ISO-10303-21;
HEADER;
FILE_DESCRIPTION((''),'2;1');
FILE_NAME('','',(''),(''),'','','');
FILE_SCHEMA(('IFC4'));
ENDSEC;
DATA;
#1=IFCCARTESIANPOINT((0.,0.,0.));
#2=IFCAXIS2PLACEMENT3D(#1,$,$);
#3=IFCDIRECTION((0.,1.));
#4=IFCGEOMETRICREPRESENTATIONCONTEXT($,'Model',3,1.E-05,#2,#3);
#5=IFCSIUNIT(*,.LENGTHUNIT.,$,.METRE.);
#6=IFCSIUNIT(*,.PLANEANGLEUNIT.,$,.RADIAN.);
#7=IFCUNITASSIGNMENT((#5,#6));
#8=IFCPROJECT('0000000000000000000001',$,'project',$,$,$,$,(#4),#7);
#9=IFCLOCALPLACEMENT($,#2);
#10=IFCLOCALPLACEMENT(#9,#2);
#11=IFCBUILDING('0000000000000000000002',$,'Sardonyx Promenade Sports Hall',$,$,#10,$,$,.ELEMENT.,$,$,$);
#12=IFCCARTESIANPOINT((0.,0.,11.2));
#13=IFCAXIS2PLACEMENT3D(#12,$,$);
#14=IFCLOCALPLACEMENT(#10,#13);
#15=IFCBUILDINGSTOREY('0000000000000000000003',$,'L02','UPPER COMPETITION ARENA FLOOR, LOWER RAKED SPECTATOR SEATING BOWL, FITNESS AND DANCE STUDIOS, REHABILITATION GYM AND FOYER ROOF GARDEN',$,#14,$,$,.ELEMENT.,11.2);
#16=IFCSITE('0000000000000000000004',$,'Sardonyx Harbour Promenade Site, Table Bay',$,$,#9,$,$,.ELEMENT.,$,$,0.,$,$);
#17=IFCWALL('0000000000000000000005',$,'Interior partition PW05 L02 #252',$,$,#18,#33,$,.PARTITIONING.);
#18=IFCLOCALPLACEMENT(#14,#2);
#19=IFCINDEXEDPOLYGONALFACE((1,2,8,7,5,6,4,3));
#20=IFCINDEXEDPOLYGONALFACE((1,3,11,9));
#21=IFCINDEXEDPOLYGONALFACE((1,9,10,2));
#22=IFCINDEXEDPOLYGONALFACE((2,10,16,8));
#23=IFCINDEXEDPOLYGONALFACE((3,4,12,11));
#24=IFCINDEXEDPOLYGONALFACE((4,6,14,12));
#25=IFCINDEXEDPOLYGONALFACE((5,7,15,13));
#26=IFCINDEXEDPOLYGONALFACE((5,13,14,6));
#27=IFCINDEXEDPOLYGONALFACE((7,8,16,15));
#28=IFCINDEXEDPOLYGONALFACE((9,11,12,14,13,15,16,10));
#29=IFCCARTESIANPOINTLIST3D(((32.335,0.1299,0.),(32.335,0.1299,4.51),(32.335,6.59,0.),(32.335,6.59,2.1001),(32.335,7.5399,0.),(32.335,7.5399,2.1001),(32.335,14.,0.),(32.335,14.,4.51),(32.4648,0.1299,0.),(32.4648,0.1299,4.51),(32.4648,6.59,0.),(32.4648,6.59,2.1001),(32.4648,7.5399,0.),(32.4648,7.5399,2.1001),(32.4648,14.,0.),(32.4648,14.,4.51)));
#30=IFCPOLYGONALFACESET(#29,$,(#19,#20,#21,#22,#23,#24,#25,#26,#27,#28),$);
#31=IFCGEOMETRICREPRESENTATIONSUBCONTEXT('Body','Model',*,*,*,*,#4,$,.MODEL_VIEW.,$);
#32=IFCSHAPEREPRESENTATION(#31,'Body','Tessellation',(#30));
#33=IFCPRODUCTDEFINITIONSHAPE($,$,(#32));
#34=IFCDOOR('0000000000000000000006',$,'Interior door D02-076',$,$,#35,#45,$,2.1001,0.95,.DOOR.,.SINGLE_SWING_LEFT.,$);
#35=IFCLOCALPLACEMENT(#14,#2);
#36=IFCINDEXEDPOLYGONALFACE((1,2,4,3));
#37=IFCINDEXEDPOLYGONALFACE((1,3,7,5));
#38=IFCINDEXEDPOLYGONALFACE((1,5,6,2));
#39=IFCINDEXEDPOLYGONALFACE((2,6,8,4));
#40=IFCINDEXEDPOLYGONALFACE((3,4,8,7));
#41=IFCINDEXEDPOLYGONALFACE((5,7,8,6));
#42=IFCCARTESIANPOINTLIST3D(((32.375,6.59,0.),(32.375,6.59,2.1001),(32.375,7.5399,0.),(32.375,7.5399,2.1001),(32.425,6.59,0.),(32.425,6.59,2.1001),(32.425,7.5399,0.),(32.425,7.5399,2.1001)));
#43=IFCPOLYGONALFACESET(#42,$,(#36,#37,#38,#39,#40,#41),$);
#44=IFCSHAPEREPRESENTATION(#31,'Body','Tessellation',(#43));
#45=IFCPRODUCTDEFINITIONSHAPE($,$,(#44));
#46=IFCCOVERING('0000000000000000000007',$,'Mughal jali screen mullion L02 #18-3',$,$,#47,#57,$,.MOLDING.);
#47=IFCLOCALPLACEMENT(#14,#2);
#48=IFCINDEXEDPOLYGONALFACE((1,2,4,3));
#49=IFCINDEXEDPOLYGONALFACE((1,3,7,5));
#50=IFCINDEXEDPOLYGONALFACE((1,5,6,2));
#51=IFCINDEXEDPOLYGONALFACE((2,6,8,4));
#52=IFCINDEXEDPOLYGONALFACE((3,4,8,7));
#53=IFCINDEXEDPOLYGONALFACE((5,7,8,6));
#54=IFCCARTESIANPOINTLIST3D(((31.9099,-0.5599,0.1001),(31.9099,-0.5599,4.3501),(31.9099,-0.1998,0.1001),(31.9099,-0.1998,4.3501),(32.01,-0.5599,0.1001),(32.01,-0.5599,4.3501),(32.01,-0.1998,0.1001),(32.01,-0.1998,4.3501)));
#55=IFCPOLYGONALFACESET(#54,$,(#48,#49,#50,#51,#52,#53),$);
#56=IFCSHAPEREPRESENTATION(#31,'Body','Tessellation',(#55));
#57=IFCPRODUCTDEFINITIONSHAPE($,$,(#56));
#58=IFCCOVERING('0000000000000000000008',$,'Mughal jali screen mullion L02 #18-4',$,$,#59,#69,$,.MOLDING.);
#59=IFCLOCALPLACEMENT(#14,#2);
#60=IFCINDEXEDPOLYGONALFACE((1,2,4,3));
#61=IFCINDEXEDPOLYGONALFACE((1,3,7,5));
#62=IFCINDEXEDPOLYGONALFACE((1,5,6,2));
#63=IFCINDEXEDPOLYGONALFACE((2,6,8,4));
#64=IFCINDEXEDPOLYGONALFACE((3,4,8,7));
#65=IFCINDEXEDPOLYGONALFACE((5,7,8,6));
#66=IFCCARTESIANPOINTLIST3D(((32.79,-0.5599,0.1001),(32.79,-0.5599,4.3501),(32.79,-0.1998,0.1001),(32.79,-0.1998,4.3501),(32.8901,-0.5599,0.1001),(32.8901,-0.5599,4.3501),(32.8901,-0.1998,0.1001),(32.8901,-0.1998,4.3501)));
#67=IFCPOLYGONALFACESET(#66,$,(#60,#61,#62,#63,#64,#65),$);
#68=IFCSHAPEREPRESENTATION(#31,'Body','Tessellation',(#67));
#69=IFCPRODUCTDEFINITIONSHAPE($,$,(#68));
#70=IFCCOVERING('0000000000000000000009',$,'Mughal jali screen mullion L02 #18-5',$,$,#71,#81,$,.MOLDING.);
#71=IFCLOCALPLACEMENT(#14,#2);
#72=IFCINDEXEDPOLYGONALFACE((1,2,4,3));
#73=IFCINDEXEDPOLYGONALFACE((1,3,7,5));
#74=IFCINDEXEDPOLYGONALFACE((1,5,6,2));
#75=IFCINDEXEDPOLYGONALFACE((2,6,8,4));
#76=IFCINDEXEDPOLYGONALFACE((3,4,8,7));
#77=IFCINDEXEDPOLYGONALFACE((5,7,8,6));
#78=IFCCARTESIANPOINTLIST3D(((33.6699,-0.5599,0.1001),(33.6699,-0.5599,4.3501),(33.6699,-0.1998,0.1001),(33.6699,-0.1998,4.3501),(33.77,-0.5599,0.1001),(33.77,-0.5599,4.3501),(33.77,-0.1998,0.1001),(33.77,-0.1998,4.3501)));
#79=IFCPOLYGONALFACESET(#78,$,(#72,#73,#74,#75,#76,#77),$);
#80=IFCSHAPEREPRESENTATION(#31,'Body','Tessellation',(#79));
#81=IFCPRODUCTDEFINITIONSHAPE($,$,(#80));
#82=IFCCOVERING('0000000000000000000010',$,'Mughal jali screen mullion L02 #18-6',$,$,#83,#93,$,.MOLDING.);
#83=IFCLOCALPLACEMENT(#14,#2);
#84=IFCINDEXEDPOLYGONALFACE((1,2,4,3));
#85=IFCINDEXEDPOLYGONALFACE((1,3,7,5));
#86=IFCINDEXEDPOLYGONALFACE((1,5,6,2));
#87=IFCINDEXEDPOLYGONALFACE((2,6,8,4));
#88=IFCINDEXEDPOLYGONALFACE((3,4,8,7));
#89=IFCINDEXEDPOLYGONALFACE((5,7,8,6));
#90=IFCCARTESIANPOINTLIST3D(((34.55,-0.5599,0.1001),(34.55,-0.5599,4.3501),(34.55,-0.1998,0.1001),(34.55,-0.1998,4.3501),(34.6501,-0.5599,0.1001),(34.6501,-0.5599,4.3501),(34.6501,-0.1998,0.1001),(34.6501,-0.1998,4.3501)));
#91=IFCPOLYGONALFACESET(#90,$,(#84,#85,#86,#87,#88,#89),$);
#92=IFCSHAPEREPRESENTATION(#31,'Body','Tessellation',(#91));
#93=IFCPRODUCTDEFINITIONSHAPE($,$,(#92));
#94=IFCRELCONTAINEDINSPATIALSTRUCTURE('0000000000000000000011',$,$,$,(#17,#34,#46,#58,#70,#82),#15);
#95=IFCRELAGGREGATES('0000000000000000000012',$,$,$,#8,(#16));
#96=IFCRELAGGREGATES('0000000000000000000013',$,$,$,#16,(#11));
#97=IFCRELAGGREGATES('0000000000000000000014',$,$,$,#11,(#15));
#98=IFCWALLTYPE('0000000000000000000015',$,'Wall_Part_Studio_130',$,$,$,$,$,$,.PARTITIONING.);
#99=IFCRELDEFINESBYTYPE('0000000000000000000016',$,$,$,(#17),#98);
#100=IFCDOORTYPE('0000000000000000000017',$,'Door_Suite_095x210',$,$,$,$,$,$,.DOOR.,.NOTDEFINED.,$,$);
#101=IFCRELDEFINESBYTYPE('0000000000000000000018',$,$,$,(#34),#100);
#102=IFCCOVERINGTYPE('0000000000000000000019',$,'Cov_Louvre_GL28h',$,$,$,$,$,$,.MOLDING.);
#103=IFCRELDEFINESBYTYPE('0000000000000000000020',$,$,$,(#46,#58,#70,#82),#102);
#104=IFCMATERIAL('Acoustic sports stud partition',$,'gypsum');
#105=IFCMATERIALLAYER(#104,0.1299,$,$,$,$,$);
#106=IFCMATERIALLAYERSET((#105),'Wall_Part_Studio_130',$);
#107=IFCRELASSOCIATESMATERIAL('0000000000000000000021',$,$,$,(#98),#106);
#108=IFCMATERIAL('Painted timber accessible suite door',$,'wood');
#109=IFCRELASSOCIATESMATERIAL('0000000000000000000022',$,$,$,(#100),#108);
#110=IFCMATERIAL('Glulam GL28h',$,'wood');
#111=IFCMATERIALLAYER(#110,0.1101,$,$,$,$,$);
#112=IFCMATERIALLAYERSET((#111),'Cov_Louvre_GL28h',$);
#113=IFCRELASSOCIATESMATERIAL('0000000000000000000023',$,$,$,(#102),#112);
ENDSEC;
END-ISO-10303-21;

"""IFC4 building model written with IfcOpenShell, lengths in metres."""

from ifc_helpers import new_model, si_unit, direction, frame, frame_2d, origin, origin_2d, place, context, subcontext, project, spatial, rectangle, extrude, material, layer, layer_set, type_object, element, fill, save


model = new_model("IFC4")

# Units and contexts
model_context = context("Model", 3, precision=1e-05, world=origin(), true_north=direction((0.0, 1.0)))
body_context = subcontext(model_context, "Body", "Model", "MODEL_VIEW")
ifc_project = project(units=[si_unit("LENGTHUNIT", "METRE"), si_unit("PLANEANGLEUNIT", "RADIAN")], contexts=[model_context])

# Site, building, storey
site_placement = place(None, origin())
site = spatial("IfcSite", under=ifc_project, at=site_placement, Name="Sardonyx Harbour Promenade Site, Table Bay", CompositionType="ELEMENT", RefElevation=0.0)
building_placement = place(site_placement, origin())
building = spatial("IfcBuilding", under=site, at=building_placement, Name="Sardonyx Promenade Sports Hall", CompositionType="ELEMENT")
storey_placement = place(building_placement, frame((0.0, 0.0, 11.2)))
storey = spatial("IfcBuildingStorey", under=building, at=storey_placement, Name="L02", Description="UPPER COMPETITION ARENA FLOOR, LOWER RAKED SPECTATOR SEATING BOWL, FITNESS AND DANCE STUDIOS, REHABILITATION GYM AND FOYER ROOF GARDEN", CompositionType="ELEMENT", Elevation=11.2)

# Wall, opening, door
ifc_material_1 = material(Name="Acoustic sports stud partition", Category="gypsum")
ifc_layer_1 = layer(ifc_material_1, 0.1299)
ifc_layer_set_1 = layer_set([ifc_layer_1], Name="Wall_Part_Studio_130")
wall_type = type_object("IfcWallType", Name="Wall_Part_Studio_130", PredefinedType="PARTITIONING", material=ifc_layer_set_1)
wall_placement = place(storey_placement, frame((32.3999, 0.1299, 0.0), z_axis=(0.0, 0.0, 1.0), x_axis=(0.0, 1.0, 0.0)))
wall = element("IfcWall", 1, at=wall_placement, inside=storey, type_object=wall_type, Name="Interior partition PW05 L02 #252", PredefinedType="PARTITIONING", context=body_context, shape_type="SweptSolid", body=[
    extrude(rectangle(XDim=13.8701, YDim=0.1299, at=frame_2d((6.9351, 0.0))), origin(), (0.0, 0.0, 1.0), 4.51),
])
opening_placement = place(wall_placement, frame((6.46, 0.0, 0.0)))
opening = element("IfcOpeningElement", 2, at=opening_placement, cuts=wall, PredefinedType="OPENING", context=body_context, shape_type="SweptSolid", body=[
    extrude(rectangle(XDim=0.95, YDim=2.1001, at=frame_2d((0.4751, 1.05))), frame((0.0, 0.075, 0.0), z_axis=(0.0, -1.0, 0.0), x_axis=(1.0, 0.0, 0.0)), (0.0, 0.0, 1.0), 0.15),
])
ifc_material_2 = material(Name="Painted timber accessible suite door", Category="wood")
door_type = type_object("IfcDoorType", Name="Door_Suite_095x210", OperationType="NOTDEFINED", PredefinedType="DOOR", material=ifc_material_2)
door_placement = place(opening_placement, origin())
door = element("IfcDoor", 3, at=door_placement, inside=storey, type_object=door_type, Name="Interior door D02-076", OperationType="SINGLE_SWING_LEFT", OverallHeight=2.1001, OverallWidth=0.95, PredefinedType="DOOR", context=body_context, shape_type="SweptSolid", body=[
    extrude(rectangle(XDim=0.95, YDim=2.1001, at=frame_2d((0.4751, 1.05))), frame((0.0, 0.0249, 0.0), z_axis=(0.0, -1.0, 0.0), x_axis=(1.0, 0.0, 0.0)), (0.0, 0.0, 1.0), 0.05),
])
fill(opening, door)

# Coverings
ifc_material_3 = material(Name="Glulam GL28h", Category="wood")
ifc_layer_2 = layer(ifc_material_3, 0.1101)
ifc_layer_set_2 = layer_set([ifc_layer_2], Name="Cov_Louvre_GL28h")
covering_type = type_object("IfcCoveringType", Name="Cov_Louvre_GL28h", PredefinedType="MOLDING", material=ifc_layer_set_2)
for number, where, z_axis, x_axis, name in (
    (4, (31.96, -0.3799, 0.1001), (0.0, 0.0, 1.0), (1.0, 0.0, 0.0), "Mughal jali screen mullion L02 #18-3"),
    (5, (32.8401, -0.3799, 0.1001), (0.0, 0.0, 1.0), (1.0, 0.0, 0.0), "Mughal jali screen mullion L02 #18-4"),
    (6, (33.72, -0.3799, 0.1001), (0.0, 0.0, 1.0), (1.0, 0.0, 0.0), "Mughal jali screen mullion L02 #18-5"),
    (7, (34.6001, -0.3799, 0.1001), (0.0, 0.0, 1.0), (1.0, 0.0, 0.0), "Mughal jali screen mullion L02 #18-6"),
):
    element("IfcCovering", number, at=place(storey_placement, frame(where, z_axis=z_axis, x_axis=x_axis)), inside=storey, type_object=covering_type, Name=name, PredefinedType="MOLDING", context=body_context, shape_type="SweptSolid", body=[
        extrude(rectangle(XDim=0.1001, YDim=0.3601, at=origin_2d()), origin(), (0.0, 0.0, 1.0), 4.25),
    ])

save(model, "model.ifc")
